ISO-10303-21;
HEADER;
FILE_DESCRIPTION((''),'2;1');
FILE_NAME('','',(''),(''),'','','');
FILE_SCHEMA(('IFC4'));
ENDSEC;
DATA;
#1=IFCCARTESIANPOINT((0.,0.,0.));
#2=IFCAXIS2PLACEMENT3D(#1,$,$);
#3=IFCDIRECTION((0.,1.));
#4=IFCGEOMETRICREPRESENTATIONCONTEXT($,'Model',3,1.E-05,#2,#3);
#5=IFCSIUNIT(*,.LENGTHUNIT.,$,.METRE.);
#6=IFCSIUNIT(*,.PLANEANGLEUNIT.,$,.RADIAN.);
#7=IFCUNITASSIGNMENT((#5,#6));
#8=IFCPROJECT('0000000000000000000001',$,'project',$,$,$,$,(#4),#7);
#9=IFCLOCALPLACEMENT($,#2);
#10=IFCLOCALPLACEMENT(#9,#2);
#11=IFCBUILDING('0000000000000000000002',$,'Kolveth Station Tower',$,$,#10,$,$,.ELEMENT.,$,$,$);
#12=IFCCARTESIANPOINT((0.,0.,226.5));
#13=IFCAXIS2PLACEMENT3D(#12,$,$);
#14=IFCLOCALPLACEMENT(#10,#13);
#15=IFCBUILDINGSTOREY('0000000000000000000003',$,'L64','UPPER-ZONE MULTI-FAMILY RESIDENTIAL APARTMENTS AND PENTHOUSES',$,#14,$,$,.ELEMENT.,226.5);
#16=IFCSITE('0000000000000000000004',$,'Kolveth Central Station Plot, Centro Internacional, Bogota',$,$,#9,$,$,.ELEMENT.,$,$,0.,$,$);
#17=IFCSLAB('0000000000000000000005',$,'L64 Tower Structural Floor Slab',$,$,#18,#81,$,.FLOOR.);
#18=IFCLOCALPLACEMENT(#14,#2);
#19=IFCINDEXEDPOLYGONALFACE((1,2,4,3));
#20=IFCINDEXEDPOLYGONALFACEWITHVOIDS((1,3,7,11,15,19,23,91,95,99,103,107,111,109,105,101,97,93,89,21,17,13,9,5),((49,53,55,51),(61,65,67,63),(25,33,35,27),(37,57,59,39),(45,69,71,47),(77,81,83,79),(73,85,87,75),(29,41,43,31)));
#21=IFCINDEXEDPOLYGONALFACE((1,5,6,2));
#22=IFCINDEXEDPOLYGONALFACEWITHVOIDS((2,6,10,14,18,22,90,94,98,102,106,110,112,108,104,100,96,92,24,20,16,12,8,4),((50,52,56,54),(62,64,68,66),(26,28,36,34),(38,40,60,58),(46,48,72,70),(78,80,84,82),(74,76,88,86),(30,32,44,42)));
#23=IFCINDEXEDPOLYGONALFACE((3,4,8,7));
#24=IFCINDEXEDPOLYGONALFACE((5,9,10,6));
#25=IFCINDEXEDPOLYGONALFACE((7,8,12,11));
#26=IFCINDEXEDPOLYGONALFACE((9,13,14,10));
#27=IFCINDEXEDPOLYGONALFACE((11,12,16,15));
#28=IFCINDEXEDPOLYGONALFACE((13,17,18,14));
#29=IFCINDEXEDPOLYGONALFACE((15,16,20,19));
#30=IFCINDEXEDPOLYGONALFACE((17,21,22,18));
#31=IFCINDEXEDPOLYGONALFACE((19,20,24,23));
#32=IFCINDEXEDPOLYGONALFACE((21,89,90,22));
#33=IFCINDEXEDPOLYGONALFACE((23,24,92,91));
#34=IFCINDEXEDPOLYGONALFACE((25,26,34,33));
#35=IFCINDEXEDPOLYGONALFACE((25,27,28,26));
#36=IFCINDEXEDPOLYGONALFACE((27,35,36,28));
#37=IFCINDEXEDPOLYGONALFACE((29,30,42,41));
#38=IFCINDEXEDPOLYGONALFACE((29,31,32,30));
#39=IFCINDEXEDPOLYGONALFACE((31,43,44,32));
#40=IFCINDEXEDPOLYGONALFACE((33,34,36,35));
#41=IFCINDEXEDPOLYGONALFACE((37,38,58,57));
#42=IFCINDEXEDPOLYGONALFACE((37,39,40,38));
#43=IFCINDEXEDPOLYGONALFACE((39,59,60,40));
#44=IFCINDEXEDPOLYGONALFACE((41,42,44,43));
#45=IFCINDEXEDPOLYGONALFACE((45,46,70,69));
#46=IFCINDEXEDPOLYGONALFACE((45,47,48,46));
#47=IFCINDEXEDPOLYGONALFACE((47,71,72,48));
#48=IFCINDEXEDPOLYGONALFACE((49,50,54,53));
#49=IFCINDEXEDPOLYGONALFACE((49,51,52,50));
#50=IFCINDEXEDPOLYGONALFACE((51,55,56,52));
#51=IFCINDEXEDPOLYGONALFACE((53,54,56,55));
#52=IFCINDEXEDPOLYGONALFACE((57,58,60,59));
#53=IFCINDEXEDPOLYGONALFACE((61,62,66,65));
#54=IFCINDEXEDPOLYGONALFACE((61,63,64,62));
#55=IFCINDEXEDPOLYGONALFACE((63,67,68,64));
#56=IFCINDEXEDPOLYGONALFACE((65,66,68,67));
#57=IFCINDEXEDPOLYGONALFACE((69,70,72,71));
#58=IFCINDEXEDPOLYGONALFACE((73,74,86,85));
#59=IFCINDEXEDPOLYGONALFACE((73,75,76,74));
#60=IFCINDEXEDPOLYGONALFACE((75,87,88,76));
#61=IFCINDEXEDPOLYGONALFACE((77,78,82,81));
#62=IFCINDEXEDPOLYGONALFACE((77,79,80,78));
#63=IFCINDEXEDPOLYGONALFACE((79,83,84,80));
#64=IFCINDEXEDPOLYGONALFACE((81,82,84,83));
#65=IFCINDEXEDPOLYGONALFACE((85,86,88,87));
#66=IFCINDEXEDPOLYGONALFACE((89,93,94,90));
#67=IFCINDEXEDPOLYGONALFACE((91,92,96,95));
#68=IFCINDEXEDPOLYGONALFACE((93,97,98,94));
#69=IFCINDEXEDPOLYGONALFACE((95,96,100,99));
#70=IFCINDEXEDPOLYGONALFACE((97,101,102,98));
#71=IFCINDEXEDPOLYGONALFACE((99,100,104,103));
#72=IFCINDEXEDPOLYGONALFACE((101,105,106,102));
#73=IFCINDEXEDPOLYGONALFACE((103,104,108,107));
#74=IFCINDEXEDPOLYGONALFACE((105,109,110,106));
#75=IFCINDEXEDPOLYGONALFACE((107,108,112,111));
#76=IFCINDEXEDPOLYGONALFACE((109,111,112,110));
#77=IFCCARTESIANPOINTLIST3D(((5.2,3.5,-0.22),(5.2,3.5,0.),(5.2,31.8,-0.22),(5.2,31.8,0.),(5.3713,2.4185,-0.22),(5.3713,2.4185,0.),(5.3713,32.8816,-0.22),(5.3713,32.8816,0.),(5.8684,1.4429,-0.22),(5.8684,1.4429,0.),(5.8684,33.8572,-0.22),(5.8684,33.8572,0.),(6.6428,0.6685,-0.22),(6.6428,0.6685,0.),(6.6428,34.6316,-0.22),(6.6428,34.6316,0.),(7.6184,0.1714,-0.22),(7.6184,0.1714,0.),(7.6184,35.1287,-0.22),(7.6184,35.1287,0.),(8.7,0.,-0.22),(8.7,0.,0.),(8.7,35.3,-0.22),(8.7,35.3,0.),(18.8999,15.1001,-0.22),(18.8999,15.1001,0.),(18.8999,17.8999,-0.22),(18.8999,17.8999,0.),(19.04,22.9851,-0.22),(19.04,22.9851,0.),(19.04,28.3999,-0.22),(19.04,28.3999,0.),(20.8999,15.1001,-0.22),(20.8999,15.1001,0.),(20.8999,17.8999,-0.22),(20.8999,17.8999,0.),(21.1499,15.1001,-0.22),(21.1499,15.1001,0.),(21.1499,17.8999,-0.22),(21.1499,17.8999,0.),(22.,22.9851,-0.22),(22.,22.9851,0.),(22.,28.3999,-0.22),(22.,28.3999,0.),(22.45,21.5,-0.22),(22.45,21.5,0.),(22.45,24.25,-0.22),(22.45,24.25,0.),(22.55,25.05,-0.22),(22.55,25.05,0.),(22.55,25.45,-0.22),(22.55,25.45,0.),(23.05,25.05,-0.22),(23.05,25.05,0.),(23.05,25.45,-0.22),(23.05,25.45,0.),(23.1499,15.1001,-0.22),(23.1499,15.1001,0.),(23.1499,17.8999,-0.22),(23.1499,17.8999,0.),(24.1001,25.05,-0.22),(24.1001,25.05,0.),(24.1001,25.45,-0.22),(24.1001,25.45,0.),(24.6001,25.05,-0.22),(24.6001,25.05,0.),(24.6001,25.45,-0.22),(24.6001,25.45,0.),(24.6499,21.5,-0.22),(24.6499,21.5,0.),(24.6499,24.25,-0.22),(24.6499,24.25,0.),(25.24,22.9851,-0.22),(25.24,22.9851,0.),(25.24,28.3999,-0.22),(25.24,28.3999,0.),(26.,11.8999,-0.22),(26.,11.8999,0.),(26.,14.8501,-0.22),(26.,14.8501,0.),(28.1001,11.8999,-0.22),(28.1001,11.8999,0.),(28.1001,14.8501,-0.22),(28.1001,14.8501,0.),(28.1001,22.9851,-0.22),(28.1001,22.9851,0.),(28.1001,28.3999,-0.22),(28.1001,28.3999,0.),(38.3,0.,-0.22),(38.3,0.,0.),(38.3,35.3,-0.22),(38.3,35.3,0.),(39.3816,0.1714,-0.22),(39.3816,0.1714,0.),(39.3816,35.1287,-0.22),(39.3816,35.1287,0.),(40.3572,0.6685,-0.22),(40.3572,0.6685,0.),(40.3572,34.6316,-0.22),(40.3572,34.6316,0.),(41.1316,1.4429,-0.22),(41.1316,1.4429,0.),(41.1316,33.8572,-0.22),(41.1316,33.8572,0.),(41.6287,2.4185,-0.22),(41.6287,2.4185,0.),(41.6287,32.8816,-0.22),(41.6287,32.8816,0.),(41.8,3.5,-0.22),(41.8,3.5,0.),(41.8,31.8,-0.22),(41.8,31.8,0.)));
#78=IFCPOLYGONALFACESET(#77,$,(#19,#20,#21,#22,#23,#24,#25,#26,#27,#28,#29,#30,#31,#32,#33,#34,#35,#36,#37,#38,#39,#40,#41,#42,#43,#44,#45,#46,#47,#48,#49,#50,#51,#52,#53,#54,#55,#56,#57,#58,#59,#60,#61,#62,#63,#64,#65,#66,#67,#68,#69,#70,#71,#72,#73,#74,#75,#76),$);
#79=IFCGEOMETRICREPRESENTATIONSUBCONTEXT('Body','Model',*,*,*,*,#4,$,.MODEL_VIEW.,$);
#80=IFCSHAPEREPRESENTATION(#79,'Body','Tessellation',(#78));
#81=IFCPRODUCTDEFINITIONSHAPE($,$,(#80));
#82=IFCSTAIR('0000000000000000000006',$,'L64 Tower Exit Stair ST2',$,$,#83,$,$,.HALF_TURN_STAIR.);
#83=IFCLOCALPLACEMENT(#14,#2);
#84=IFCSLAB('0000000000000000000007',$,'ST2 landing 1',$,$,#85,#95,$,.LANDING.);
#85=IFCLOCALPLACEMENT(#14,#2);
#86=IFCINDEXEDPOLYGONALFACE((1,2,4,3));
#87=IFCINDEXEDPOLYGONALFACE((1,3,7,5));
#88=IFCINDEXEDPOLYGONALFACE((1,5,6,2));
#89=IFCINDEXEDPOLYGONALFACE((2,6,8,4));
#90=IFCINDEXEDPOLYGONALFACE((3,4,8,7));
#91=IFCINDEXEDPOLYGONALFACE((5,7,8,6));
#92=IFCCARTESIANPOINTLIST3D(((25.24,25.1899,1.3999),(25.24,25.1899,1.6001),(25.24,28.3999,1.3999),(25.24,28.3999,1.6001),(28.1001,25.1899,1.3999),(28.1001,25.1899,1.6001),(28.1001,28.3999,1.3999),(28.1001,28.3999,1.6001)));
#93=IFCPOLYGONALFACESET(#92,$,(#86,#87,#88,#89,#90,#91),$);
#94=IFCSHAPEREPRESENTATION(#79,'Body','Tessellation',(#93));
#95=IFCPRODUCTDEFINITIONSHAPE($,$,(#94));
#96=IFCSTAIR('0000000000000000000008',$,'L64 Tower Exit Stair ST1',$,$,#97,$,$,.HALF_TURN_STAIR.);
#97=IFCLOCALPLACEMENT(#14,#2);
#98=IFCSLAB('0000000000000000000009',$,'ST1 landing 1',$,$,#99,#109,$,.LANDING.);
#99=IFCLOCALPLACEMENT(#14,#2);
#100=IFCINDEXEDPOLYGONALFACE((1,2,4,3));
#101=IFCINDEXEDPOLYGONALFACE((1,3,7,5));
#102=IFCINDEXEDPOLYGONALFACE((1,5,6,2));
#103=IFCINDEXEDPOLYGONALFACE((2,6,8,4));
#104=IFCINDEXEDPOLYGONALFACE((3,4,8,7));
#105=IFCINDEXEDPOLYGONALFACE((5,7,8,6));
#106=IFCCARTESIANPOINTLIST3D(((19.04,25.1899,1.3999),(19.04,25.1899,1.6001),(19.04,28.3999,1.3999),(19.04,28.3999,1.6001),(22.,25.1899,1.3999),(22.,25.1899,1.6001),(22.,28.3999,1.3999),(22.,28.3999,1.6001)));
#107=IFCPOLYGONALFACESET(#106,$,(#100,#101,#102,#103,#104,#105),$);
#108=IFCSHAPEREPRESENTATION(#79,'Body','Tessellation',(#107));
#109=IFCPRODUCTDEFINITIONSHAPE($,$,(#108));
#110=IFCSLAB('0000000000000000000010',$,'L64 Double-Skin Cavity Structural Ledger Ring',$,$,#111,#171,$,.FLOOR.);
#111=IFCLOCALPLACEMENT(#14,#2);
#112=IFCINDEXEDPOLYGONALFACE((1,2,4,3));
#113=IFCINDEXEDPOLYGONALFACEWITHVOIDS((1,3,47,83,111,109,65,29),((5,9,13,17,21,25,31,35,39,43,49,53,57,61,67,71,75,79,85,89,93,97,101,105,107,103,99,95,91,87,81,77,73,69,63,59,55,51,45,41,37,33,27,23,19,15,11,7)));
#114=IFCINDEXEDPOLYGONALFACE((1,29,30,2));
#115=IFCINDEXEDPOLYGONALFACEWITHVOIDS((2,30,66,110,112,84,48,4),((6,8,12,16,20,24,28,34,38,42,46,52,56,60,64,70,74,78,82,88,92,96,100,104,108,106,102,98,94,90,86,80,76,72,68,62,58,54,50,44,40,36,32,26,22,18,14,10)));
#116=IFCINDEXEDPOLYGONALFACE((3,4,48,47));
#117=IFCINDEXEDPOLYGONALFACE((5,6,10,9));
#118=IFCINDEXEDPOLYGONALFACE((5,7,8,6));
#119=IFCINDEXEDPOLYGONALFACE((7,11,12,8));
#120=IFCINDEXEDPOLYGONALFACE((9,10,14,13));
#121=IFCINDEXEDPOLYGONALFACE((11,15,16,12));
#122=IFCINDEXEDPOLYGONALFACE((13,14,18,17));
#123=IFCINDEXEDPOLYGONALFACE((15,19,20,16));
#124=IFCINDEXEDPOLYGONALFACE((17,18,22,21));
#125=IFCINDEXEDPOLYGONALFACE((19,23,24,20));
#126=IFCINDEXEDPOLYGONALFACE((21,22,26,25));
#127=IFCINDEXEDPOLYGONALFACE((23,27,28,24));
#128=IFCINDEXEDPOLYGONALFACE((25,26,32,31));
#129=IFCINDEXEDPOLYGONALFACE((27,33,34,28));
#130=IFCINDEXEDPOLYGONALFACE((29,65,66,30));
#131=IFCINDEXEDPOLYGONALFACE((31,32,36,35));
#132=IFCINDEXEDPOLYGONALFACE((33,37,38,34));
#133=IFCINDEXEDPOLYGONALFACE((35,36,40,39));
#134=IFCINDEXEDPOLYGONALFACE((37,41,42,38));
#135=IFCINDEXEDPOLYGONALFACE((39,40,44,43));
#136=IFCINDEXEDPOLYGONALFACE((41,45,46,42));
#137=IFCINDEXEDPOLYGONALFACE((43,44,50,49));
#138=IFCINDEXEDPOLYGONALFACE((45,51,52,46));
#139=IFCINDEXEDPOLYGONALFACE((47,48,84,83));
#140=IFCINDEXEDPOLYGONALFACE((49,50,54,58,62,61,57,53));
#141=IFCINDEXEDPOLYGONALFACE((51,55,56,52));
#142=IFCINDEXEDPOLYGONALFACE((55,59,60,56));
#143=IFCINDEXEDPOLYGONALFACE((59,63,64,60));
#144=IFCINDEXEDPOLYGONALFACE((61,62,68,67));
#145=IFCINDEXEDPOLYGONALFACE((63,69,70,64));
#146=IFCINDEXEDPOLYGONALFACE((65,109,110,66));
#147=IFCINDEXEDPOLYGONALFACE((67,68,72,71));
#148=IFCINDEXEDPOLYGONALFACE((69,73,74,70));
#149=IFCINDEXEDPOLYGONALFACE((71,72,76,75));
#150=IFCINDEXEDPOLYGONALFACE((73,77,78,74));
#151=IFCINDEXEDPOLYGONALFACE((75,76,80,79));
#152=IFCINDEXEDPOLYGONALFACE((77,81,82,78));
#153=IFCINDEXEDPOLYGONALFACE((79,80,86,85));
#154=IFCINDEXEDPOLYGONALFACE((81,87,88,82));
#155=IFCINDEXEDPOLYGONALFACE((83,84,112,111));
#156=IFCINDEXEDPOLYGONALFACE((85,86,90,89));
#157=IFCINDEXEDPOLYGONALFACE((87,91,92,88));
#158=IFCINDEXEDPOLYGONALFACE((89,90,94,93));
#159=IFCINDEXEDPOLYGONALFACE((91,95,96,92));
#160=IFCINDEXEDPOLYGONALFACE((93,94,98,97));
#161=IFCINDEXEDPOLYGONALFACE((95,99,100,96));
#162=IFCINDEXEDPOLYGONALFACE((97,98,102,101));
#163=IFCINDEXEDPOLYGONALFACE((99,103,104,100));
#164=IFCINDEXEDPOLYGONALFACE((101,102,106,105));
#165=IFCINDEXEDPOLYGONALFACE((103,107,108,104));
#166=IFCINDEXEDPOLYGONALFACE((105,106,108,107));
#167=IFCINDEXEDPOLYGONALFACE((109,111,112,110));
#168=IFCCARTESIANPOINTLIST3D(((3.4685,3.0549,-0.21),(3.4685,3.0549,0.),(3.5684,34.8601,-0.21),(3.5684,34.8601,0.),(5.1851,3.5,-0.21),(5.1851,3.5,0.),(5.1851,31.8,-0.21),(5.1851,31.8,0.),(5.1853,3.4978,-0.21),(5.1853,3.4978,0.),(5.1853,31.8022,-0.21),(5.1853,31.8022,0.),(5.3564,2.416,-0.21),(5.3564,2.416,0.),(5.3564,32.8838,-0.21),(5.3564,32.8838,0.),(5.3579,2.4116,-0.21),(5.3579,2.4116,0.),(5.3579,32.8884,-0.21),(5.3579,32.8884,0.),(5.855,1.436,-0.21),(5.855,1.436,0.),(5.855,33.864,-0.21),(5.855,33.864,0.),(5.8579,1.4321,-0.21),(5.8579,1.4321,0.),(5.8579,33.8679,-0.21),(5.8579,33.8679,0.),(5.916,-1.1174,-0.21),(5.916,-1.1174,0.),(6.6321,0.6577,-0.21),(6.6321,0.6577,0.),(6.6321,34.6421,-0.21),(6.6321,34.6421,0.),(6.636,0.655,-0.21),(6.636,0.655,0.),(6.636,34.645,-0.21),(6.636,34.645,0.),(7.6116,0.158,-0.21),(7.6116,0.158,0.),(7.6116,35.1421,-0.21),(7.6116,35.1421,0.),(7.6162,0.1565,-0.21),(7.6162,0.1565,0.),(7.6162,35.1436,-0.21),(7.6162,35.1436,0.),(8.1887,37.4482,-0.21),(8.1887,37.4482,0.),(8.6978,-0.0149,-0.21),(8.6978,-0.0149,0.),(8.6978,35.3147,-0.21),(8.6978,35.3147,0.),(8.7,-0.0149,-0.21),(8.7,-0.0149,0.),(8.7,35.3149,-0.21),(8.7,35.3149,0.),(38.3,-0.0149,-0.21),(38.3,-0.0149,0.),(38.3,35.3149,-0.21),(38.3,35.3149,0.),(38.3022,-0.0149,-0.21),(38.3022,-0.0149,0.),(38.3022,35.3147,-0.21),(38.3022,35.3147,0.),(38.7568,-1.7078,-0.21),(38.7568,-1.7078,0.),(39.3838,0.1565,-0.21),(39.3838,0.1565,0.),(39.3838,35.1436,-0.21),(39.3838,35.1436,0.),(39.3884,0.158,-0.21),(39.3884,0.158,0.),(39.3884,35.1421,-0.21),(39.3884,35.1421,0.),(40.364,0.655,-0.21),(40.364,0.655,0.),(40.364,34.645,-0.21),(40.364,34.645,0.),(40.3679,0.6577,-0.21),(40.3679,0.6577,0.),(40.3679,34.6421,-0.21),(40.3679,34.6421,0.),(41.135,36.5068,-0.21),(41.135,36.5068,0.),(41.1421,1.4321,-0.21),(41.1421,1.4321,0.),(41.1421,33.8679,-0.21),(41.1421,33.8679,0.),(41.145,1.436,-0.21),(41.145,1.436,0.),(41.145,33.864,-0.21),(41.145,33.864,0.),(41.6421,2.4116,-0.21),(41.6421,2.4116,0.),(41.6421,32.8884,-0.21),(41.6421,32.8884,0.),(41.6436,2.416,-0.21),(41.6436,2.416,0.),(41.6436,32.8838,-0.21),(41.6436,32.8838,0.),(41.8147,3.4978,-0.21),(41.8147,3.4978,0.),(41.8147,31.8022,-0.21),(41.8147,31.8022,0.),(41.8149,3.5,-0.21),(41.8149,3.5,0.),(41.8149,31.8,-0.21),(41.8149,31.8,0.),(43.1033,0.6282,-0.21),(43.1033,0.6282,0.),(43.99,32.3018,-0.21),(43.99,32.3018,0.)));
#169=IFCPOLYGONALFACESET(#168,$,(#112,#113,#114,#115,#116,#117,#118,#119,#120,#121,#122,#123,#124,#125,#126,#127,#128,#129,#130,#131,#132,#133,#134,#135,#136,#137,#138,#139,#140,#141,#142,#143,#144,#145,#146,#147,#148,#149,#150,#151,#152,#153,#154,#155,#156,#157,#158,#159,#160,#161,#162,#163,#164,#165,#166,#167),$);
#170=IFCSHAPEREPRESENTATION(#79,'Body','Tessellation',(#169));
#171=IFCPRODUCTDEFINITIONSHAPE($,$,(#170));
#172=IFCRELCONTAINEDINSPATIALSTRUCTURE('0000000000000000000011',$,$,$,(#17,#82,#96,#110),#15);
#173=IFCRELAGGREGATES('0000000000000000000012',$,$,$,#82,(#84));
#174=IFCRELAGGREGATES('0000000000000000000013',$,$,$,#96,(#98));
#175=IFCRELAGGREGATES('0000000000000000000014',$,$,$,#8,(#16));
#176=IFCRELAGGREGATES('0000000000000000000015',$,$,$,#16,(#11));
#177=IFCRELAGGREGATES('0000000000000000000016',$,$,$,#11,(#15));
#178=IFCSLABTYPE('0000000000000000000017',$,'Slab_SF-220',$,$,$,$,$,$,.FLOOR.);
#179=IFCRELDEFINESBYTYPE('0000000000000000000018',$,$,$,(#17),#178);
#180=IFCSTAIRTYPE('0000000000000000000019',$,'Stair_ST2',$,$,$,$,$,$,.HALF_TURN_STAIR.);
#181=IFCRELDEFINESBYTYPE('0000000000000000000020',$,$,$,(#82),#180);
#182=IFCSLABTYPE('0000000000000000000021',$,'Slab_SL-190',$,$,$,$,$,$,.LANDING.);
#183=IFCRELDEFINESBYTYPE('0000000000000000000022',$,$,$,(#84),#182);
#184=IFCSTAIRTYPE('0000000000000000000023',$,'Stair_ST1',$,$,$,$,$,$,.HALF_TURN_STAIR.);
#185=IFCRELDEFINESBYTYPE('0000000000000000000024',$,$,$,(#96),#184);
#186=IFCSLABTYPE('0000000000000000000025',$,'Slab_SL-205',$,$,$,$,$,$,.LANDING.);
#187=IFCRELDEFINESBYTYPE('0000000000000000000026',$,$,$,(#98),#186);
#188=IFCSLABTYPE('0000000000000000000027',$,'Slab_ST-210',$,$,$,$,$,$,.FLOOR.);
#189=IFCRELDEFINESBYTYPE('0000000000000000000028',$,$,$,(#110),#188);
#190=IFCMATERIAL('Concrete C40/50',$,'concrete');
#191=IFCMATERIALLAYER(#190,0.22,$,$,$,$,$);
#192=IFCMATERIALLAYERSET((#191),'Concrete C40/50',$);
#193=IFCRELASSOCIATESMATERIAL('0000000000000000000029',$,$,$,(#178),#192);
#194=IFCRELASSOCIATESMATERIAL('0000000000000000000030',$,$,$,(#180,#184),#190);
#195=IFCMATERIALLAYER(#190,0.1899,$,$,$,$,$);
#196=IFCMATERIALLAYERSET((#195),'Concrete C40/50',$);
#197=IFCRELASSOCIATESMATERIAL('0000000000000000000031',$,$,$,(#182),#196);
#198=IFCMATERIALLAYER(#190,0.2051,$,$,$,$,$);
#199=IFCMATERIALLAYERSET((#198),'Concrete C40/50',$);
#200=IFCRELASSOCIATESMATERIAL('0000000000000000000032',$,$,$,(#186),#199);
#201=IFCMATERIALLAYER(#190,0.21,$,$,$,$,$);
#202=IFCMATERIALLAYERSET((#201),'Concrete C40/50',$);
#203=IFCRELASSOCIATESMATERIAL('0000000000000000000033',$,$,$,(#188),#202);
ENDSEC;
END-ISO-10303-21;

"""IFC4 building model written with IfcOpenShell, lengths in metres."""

from ifc_helpers import new_model, si_unit, direction, frame, origin, place, context, subcontext, project, spatial, polyline, outline, extrude, material, layer, layer_set, type_object, element, aggregate, save


model = new_model("IFC4")

# Units and contexts
model_context = context("Model", 3, precision=1e-05, world=origin(), true_north=direction((0.0, 1.0)))
body_context = subcontext(model_context, "Body", "Model", "MODEL_VIEW")
ifc_project = project(units=[si_unit("LENGTHUNIT", "METRE"), si_unit("PLANEANGLEUNIT", "RADIAN")], contexts=[model_context])

# Site, building, storey
site_placement = place(None, origin())
site = spatial("IfcSite", under=ifc_project, at=site_placement, Name="Kolveth Central Station Plot, Centro Internacional, Bogota", CompositionType="ELEMENT", RefElevation=0.0)
building_placement = place(site_placement, origin())
building = spatial("IfcBuilding", under=site, at=building_placement, Name="Kolveth Station Tower", CompositionType="ELEMENT")
storey_placement = place(building_placement, frame((0.0, 0.0, 226.5)))
storey = spatial("IfcBuildingStorey", under=building, at=storey_placement, Name="L64", Description="UPPER-ZONE MULTI-FAMILY RESIDENTIAL APARTMENTS AND PENTHOUSES", CompositionType="ELEMENT", Elevation=226.5)

# Slab
ifc_material_1 = material(Name="Concrete C40/50", Category="concrete")
ifc_layer_1 = layer(ifc_material_1, 0.22)
ifc_layer_set_1 = layer_set([ifc_layer_1], Name="Concrete C40/50")
slab_type_1 = type_object("IfcSlabType", Name="Slab_SF-220", PredefinedType="FLOOR", material=ifc_layer_set_1)
slab_1_placement = place(storey_placement, frame((0.0, 0.0, -0.22)))
element("IfcSlab", 1, at=slab_1_placement, inside=storey, type_object=slab_type_1, Name="L64 Tower Structural Floor Slab", PredefinedType="FLOOR", context=body_context, shape_type="SweptSolid", body=[
    extrude(outline(polyline([(38.3, 0.0), (39.3816, 0.1714), (40.3572, 0.6685), (41.1316, 1.4429), (41.6287, 2.4185), (41.8, 3.5), (41.8, 31.8), (41.6287, 32.8816), (41.1316, 33.8572), (40.3572, 34.6316), (39.3816, 35.1287), (38.3, 35.3), (8.7, 35.3), (7.6184, 35.1287), (6.6428, 34.6316), (5.8684, 33.8572), (5.3713, 32.8816), (5.2, 31.8), (5.2, 3.5), (5.3713, 2.4185), (5.8684, 1.4429), (6.6428, 0.6685), (7.6184, 0.1714), (8.7, 0.0), (38.3, 0.0)]), holes=[polyline([(19.04, 22.9851), (22.0, 22.9851), (22.0, 28.3999), (19.04, 28.3999), (19.04, 22.9851)]), polyline([(25.24, 22.9851), (28.1001, 22.9851), (28.1001, 28.3999), (25.24, 28.3999), (25.24, 22.9851)]), polyline([(18.8999, 15.1001), (20.8999, 15.1001), (20.8999, 17.8999), (18.8999, 17.8999), (18.8999, 15.1001)]), polyline([(21.1499, 15.1001), (23.1499, 15.1001), (23.1499, 17.8999), (21.1499, 17.8999), (21.1499, 15.1001)]), polyline([(22.45, 21.5), (24.6499, 21.5), (24.6499, 24.25), (22.45, 24.25), (22.45, 21.5)]), polyline([(26.0, 11.8999), (28.1001, 11.8999), (28.1001, 14.8501), (26.0, 14.8501), (26.0, 11.8999)]), polyline([(22.55, 25.05), (23.05, 25.05), (23.05, 25.45), (22.55, 25.45), (22.55, 25.05)]), polyline([(24.1001, 25.05), (24.6001, 25.05), (24.6001, 25.45), (24.1001, 25.45), (24.1001, 25.05)])]), origin(), (0.0, 0.0, 1.0), 0.22),
])

# Stairs, slabs
stair_type_1 = type_object("IfcStairType", Name="Stair_ST2", PredefinedType="HALF_TURN_STAIR", material=ifc_material_1)
stair_1_placement = place(storey_placement, origin())
stair_1 = element("IfcStair", 2, at=stair_1_placement, inside=storey, type_object=stair_type_1, Name="L64 Tower Exit Stair ST2", PredefinedType="HALF_TURN_STAIR")
ifc_layer_2 = layer(ifc_material_1, 0.1899)
ifc_layer_set_2 = layer_set([ifc_layer_2], Name="Concrete C40/50")
slab_type_2 = type_object("IfcSlabType", Name="Slab_SL-190", PredefinedType="LANDING", material=ifc_layer_set_2)
slab_2_placement = place(storey_placement, frame((0.0, 0.0, 1.3999)))
slab_2 = element("IfcSlab", 3, at=slab_2_placement, type_object=slab_type_2, Name="ST2 landing 1", PredefinedType="LANDING", context=body_context, shape_type="SweptSolid", body=[
    extrude(outline(polyline([(28.1001, 25.1899), (28.1001, 28.3999), (25.24, 28.3999), (25.24, 25.1899), (28.1001, 25.1899)])), origin(), (0.0, 0.0, 1.0), 0.2002),
])
aggregate(stair_1, [slab_2])
stair_type_2 = type_object("IfcStairType", Name="Stair_ST1", PredefinedType="HALF_TURN_STAIR", material=ifc_material_1)
stair_2_placement = place(storey_placement, origin())
stair_2 = element("IfcStair", 4, at=stair_2_placement, inside=storey, type_object=stair_type_2, Name="L64 Tower Exit Stair ST1", PredefinedType="HALF_TURN_STAIR")
ifc_layer_3 = layer(ifc_material_1, 0.2051)
ifc_layer_set_3 = layer_set([ifc_layer_3], Name="Concrete C40/50")
slab_type_3 = type_object("IfcSlabType", Name="Slab_SL-205", PredefinedType="LANDING", material=ifc_layer_set_3)
slab_3_placement = place(storey_placement, frame((0.0, 0.0, 1.3999)))
slab_3 = element("IfcSlab", 5, at=slab_3_placement, type_object=slab_type_3, Name="ST1 landing 1", PredefinedType="LANDING", context=body_context, shape_type="SweptSolid", body=[
    extrude(outline(polyline([(22.0, 25.1899), (22.0, 28.3999), (19.04, 28.3999), (19.04, 25.1899), (22.0, 25.1899)])), origin(), (0.0, 0.0, 1.0), 0.2002),
])
aggregate(stair_2, [slab_3])

# Slab
ifc_layer_4 = layer(ifc_material_1, 0.21)
ifc_layer_set_4 = layer_set([ifc_layer_4], Name="Concrete C40/50")
slab_type_4 = type_object("IfcSlabType", Name="Slab_ST-210", PredefinedType="FLOOR", material=ifc_layer_set_4)
slab_4_placement = place(storey_placement, frame((0.0, 0.0, -0.21)))
element("IfcSlab", 6, at=slab_4_placement, inside=storey, type_object=slab_type_4, Name="L64 Double-Skin Cavity Structural Ledger Ring", PredefinedType="FLOOR", context=body_context, shape_type="SweptSolid", body=[
    extrude(outline(polyline([(5.916, -1.1174), (3.4685, 3.0549), (3.5684, 34.8601), (8.1887, 37.4482), (41.135, 36.5068), (43.99, 32.3018), (43.1033, 0.6282), (38.7568, -1.7078), (5.916, -1.1174)]), holes=[polyline([(38.3022, -0.0149), (39.3838, 0.1565), (39.3884, 0.158), (40.364, 0.655), (40.3679, 0.6577), (41.1421, 1.4321), (41.145, 1.436), (41.6421, 2.4116), (41.6436, 2.416), (41.8147, 3.4978), (41.8149, 3.5), (41.8149, 31.8), (41.8147, 31.8022), (41.6436, 32.8838), (41.6421, 32.8884), (41.145, 33.864), (41.1421, 33.8679), (40.3679, 34.6421), (40.364, 34.645), (39.3884, 35.1421), (39.3838, 35.1436), (38.3022, 35.3147), (38.3, 35.3149), (8.7, 35.3149), (8.6978, 35.3147), (7.6162, 35.1436), (7.6116, 35.1421), (6.636, 34.645), (6.6321, 34.6421), (5.8579, 33.8679), (5.855, 33.864), (5.3579, 32.8884), (5.3564, 32.8838), (5.1853, 31.8022), (5.1851, 31.8), (5.1851, 3.5), (5.1853, 3.4978), (5.3564, 2.416), (5.3579, 2.4116), (5.855, 1.436), (5.8579, 1.4321), (6.6321, 0.6577), (6.636, 0.655), (7.6116, 0.158), (7.6162, 0.1565), (8.6978, -0.0149), (8.7, -0.0149), (38.3, -0.0149), (38.3022, -0.0149)])]), origin(), (0.0, 0.0, 1.0), 0.21),
])

save(model, "model.ifc")
